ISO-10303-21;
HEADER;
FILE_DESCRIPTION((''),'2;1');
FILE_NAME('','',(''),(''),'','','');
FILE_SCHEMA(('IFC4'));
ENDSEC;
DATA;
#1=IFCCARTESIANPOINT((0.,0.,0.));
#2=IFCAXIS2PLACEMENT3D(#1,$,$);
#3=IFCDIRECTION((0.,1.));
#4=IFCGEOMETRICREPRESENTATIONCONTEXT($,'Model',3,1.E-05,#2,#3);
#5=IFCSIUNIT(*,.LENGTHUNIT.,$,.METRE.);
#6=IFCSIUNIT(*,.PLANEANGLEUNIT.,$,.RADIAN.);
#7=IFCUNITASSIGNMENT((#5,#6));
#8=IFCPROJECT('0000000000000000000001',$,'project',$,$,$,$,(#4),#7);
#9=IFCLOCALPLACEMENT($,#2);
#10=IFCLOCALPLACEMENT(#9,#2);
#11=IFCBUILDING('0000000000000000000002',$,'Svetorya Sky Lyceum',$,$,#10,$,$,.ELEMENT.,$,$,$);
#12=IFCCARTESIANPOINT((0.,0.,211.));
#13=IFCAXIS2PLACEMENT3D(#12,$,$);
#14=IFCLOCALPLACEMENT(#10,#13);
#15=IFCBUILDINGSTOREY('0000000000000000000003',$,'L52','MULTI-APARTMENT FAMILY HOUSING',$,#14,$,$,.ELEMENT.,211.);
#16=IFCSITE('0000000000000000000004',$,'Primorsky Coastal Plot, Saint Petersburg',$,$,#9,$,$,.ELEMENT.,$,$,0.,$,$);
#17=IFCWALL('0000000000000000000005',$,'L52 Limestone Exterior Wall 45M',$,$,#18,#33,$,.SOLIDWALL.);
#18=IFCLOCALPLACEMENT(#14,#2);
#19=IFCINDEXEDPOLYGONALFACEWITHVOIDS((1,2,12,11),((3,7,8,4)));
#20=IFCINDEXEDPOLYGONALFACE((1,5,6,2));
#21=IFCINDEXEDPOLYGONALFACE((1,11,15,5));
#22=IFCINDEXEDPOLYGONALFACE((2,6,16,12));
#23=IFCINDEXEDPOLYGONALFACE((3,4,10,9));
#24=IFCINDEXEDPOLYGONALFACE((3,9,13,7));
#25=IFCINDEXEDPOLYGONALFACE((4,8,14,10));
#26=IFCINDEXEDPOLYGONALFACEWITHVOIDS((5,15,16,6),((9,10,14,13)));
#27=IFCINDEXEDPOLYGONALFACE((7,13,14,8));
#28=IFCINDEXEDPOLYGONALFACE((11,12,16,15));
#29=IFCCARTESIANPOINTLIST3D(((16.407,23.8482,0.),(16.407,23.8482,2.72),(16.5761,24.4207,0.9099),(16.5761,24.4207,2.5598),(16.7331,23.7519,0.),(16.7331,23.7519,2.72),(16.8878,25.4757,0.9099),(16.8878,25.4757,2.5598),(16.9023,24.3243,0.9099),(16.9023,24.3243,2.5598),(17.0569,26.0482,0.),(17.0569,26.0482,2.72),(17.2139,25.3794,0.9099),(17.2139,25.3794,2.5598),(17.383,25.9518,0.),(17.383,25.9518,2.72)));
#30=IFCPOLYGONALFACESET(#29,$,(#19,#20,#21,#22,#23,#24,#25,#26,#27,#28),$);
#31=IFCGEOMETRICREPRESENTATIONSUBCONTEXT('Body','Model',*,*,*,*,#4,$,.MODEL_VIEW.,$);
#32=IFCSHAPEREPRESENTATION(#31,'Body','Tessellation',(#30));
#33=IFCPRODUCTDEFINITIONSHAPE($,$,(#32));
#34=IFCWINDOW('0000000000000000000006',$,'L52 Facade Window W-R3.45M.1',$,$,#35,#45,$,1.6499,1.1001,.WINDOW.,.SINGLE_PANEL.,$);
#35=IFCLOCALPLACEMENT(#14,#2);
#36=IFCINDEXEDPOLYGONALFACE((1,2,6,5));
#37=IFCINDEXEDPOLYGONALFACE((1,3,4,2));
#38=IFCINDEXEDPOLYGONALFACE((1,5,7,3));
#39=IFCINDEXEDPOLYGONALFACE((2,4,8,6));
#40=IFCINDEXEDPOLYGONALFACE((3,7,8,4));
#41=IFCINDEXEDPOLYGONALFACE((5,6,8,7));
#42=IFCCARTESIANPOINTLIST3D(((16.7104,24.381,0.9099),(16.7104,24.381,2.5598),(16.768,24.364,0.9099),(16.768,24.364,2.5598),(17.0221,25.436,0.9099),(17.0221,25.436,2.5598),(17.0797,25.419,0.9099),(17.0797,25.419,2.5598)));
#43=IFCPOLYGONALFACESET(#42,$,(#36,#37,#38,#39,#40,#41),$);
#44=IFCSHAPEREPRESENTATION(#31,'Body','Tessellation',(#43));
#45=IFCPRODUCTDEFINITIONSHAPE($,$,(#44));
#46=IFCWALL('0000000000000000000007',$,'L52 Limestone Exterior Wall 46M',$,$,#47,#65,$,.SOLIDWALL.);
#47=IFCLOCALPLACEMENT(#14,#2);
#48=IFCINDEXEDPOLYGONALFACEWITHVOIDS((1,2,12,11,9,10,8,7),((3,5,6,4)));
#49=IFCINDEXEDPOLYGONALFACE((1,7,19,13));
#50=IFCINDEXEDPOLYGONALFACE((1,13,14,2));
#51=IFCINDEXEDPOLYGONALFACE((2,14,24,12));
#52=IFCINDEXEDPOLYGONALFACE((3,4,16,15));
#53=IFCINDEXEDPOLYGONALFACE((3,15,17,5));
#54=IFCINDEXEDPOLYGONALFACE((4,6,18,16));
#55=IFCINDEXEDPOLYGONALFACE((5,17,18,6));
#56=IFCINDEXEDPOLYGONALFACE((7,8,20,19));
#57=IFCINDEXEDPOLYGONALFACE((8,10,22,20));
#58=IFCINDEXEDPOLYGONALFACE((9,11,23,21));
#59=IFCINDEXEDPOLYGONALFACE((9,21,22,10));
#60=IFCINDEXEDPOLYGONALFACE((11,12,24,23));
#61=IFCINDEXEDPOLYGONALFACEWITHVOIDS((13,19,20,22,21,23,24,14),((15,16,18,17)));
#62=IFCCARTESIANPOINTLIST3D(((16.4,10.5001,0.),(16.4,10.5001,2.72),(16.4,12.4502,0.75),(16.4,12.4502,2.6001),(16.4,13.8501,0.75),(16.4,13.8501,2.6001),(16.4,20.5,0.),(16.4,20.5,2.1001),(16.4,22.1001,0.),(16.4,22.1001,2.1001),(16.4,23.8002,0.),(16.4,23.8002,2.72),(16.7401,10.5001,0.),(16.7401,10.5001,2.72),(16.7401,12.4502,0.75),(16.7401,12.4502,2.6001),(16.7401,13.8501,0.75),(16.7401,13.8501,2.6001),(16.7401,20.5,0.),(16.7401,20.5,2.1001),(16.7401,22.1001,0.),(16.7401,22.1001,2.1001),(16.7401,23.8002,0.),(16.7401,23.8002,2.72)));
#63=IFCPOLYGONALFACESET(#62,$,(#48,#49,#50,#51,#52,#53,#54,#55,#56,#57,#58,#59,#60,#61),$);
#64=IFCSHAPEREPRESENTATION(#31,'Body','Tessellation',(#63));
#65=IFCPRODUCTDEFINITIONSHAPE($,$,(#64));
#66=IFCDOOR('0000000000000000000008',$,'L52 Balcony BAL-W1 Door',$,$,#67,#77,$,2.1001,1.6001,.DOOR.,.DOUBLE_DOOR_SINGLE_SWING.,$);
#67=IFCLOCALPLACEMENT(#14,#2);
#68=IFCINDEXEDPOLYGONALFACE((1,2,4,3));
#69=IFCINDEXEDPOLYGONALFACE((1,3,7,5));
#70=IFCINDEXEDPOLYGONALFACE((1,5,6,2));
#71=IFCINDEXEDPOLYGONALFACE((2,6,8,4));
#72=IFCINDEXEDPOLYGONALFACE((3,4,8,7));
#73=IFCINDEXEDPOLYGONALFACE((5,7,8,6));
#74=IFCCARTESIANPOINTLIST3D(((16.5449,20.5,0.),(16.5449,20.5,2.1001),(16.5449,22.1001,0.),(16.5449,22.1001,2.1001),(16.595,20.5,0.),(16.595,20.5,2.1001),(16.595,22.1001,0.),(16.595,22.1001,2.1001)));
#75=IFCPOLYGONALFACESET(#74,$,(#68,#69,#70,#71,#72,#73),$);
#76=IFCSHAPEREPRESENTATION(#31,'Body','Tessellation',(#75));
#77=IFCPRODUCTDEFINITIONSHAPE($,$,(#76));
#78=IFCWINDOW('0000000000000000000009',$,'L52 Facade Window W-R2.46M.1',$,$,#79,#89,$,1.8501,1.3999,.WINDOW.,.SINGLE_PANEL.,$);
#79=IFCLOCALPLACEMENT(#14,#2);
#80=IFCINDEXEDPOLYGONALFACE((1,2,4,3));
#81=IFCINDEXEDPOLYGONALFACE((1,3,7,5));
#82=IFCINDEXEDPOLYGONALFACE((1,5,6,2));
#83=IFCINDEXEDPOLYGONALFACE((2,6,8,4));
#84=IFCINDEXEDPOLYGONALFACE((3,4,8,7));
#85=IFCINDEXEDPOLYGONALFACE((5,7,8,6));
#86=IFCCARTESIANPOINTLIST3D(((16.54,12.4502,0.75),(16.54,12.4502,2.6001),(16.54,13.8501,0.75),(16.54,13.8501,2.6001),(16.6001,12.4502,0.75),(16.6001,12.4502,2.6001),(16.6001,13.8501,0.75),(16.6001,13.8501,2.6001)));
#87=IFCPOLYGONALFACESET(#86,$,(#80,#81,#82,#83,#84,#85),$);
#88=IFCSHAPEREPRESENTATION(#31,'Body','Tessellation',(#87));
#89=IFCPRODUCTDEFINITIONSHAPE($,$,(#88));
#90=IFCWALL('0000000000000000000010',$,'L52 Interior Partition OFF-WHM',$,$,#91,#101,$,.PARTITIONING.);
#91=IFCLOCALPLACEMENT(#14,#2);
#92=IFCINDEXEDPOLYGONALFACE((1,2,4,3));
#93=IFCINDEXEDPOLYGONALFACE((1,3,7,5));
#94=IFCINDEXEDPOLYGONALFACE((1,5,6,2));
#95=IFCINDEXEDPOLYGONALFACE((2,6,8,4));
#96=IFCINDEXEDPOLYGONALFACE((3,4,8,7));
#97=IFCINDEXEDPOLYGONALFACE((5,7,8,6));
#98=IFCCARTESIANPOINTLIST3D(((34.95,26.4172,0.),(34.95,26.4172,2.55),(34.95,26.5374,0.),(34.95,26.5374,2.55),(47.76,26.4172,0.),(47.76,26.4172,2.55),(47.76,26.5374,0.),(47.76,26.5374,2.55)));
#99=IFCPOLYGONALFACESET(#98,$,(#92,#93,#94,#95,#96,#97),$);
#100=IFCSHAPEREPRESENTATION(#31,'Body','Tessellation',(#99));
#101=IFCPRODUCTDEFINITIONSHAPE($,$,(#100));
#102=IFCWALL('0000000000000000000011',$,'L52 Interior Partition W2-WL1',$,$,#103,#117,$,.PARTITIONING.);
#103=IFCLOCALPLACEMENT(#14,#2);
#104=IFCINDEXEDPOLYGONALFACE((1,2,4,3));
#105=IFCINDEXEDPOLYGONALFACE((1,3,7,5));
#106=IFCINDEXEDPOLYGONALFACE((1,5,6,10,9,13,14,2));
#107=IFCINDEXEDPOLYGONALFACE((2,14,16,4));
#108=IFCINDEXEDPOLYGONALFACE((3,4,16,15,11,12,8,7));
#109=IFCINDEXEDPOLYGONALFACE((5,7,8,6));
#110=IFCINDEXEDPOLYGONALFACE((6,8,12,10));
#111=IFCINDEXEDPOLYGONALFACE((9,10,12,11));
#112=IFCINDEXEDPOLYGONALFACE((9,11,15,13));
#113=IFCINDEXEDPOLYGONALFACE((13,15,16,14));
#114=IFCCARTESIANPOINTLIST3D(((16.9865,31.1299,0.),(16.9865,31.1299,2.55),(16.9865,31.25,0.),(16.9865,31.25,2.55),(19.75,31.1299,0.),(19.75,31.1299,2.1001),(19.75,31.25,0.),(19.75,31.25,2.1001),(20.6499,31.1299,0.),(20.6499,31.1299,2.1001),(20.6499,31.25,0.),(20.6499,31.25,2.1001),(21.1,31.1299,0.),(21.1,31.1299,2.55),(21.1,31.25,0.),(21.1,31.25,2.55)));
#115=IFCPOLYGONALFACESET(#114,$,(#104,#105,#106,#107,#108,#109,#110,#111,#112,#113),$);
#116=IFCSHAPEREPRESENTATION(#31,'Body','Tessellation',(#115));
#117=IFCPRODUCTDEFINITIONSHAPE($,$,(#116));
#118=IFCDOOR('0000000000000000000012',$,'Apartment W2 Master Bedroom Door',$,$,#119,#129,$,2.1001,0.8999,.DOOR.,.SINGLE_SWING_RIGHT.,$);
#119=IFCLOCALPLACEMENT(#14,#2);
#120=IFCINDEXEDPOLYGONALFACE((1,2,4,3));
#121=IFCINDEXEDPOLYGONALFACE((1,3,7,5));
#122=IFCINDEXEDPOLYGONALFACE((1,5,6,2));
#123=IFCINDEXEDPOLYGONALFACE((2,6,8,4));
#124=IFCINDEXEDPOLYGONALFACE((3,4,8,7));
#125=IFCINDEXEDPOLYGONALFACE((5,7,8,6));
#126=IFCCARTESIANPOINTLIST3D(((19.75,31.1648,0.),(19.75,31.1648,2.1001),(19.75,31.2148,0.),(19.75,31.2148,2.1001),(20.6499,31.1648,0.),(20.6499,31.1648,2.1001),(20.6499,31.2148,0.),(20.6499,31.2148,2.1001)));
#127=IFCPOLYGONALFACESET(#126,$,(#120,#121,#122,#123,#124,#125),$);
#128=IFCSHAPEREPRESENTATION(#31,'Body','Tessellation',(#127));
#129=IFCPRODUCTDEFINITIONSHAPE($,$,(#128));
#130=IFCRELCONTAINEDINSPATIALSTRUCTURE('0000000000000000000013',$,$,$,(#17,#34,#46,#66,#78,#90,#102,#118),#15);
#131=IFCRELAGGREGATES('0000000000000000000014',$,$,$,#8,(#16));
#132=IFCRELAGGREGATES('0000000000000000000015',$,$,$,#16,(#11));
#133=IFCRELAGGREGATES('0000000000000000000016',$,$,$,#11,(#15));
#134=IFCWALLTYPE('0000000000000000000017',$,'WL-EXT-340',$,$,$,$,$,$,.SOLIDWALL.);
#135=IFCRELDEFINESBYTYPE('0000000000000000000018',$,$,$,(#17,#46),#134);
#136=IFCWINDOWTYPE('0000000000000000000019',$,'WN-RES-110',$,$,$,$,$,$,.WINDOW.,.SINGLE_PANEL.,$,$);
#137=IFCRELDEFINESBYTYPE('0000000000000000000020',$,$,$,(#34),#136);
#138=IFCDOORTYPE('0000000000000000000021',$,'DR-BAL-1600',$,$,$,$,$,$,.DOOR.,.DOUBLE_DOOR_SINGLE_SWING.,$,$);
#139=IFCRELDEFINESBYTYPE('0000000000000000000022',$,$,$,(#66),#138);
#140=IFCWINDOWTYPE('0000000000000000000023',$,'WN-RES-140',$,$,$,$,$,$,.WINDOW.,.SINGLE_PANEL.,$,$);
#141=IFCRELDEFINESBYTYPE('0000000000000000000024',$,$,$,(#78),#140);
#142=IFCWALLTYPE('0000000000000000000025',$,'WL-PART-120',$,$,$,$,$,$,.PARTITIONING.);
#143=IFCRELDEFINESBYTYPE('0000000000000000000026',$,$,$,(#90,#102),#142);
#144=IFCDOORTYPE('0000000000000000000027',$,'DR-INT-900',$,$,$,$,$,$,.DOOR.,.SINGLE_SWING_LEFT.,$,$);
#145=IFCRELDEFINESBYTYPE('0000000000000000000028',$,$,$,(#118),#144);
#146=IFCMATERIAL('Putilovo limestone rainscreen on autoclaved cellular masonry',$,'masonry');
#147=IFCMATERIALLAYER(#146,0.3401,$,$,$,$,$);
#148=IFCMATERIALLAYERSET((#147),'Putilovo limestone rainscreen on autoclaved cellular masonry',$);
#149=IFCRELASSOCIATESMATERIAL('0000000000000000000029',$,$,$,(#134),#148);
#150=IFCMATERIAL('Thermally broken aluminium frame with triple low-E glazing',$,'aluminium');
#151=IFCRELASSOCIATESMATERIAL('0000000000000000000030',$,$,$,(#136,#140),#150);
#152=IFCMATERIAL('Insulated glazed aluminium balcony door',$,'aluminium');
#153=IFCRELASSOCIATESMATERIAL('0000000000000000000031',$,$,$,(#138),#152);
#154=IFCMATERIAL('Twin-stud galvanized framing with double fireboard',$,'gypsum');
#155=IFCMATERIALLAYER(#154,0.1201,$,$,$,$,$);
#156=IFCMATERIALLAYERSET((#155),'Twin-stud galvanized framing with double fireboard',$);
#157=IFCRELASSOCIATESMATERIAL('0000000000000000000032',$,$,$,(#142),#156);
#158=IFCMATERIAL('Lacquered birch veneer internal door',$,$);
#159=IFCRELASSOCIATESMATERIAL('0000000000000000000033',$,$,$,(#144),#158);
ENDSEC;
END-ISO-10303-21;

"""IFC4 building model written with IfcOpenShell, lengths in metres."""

from ifc_helpers import new_model, si_unit, direction, frame, frame_2d, origin, place, context, subcontext, project, spatial, rectangle, extrude, material, layer, layer_set, type_object, element, fill, save


model = new_model("IFC4")

# Units and contexts
model_context = context("Model", 3, precision=1e-05, world=origin(), true_north=direction((0.0, 1.0)))
body_context = subcontext(model_context, "Body", "Model", "MODEL_VIEW")
ifc_project = project(units=[si_unit("LENGTHUNIT", "METRE"), si_unit("PLANEANGLEUNIT", "RADIAN")], contexts=[model_context])

# Site, building, storey
site_placement = place(None, origin())
site = spatial("IfcSite", under=ifc_project, at=site_placement, Name="Primorsky Coastal Plot, Saint Petersburg", CompositionType="ELEMENT", RefElevation=0.0)
building_placement = place(site_placement, origin())
building = spatial("IfcBuilding", under=site, at=building_placement, Name="Svetorya Sky Lyceum", CompositionType="ELEMENT")
storey_placement = place(building_placement, frame((0.0, 0.0, 211.0)))
storey = spatial("IfcBuildingStorey", under=building, at=storey_placement, Name="L52", Description="MULTI-APARTMENT FAMILY HOUSING", CompositionType="ELEMENT", Elevation=211.0)

# Shared definitions
ifc_material_1 = material(Name="Putilovo limestone rainscreen on autoclaved cellular masonry", Category="masonry")
ifc_layer_1 = layer(ifc_material_1, 0.3401)
ifc_layer_set_1 = layer_set([ifc_layer_1], Name="Putilovo limestone rainscreen on autoclaved cellular masonry")
wall_type_1 = type_object("IfcWallType", Name="WL-EXT-340", PredefinedType="SOLIDWALL", material=ifc_layer_set_1)

# Wall, opening, window
wall_1_placement = place(storey_placement, frame((17.22, 26.0, 0.0), z_axis=(0.0, 0.0, 1.0), x_axis=(-0.283313, -0.959028, 0.0)))
wall_1 = element("IfcWall", 1, at=wall_1_placement, inside=storey, type_object=wall_type_1, Name="L52 Limestone Exterior Wall 45M", PredefinedType="SOLIDWALL", context=body_context, shape_type="SweptSolid", body=[
    extrude(rectangle(XDim=2.2939, YDim=0.3401, at=frame_2d((1.147, 0.0))), origin(), (0.0, 0.0, 1.0), 2.72),
])
opening_1_placement = place(wall_1_placement, frame((0.5969, 0.0, 0.9099)))
opening_1 = element("IfcOpeningElement", 2, at=opening_1_placement, cuts=wall_1, PredefinedType="OPENING", context=body_context, shape_type="SweptSolid", body=[
    extrude(rectangle(XDim=1.1001, YDim=1.6499, at=frame_2d((0.55, 0.825))), frame((0.0, 0.1799, 0.0), z_axis=(0.0, -1.0, 0.0), x_axis=(1.0, 0.0, 0.0)), (0.0, 0.0, 1.0), 0.3601),
])
ifc_material_2 = material(Name="Thermally broken aluminium frame with triple low-E glazing", Category="aluminium")
window_type_1 = type_object("IfcWindowType", Name="WN-RES-110", PartitioningType="SINGLE_PANEL", PredefinedType="WINDOW", material=ifc_material_2)
window_1_placement = place(opening_1_placement, origin())
window_1 = element("IfcWindow", 3, at=window_1_placement, inside=storey, type_object=window_type_1, Name="L52 Facade Window W-R3.45M.1", OverallHeight=1.6499, OverallWidth=1.1001, PartitioningType="SINGLE_PANEL", PredefinedType="WINDOW", context=body_context, shape_type="SweptSolid", body=[
    extrude(rectangle(XDim=1.1001, YDim=1.6499, at=frame_2d((0.55, 0.825))), frame((0.0, 0.03, 0.0), z_axis=(0.0, -1.0, 0.0), x_axis=(1.0, 0.0, 0.0)), (0.0, 0.0, 1.0), 0.0601),
])
fill(opening_1, window_1)

# Wall, openings, door, window
wall_2_placement = place(storey_placement, frame((16.5701, 23.8, 0.0), z_axis=(0.0, 0.0, 1.0), x_axis=(0.0, -1.0, 0.0)))
wall_2 = element("IfcWall", 4, at=wall_2_placement, inside=storey, type_object=wall_type_1, Name="L52 Limestone Exterior Wall 46M", PredefinedType="SOLIDWALL", context=body_context, shape_type="SweptSolid", body=[
    extrude(rectangle(XDim=13.3, YDim=0.3401, at=frame_2d((6.6499, 0.0))), origin(), (0.0, 0.0, 1.0), 2.72),
])
opening_2_placement = place(wall_2_placement, frame((1.7, 0.0, 0.0)))
opening_2 = element("IfcOpeningElement", 5, at=opening_2_placement, cuts=wall_2, PredefinedType="OPENING", context=body_context, shape_type="SweptSolid", body=[
    extrude(rectangle(XDim=1.6001, YDim=2.1001, at=frame_2d((0.8, 1.05))), frame((0.0, 0.1799, 0.0), z_axis=(0.0, -1.0, 0.0), x_axis=(1.0, 0.0, 0.0)), (0.0, 0.0, 1.0), 0.3601),
])
opening_3_placement = place(wall_2_placement, frame((9.95, 0.0, 0.75)))
opening_3 = element("IfcOpeningElement", 6, at=opening_3_placement, cuts=wall_2, PredefinedType="OPENING", context=body_context, shape_type="SweptSolid", body=[
    extrude(rectangle(XDim=1.3999, YDim=1.8501, at=frame_2d((0.7, 0.925))), frame((0.0, 0.1799, 0.0), z_axis=(0.0, -1.0, 0.0), x_axis=(1.0, 0.0, 0.0)), (0.0, 0.0, 1.0), 0.3601),
])
ifc_material_3 = material(Name="Insulated glazed aluminium balcony door", Category="aluminium")
door_type_1 = type_object("IfcDoorType", Name="DR-BAL-1600", OperationType="DOUBLE_DOOR_SINGLE_SWING", PredefinedType="DOOR", material=ifc_material_3)
door_1_placement = place(opening_2_placement, origin())
door_1 = element("IfcDoor", 7, at=door_1_placement, inside=storey, type_object=door_type_1, Name="L52 Balcony BAL-W1 Door", OperationType="DOUBLE_DOOR_SINGLE_SWING", OverallHeight=2.1001, OverallWidth=1.6001, PredefinedType="DOOR", context=body_context, shape_type="SweptSolid", body=[
    extrude(rectangle(XDim=1.6001, YDim=2.1001, at=frame_2d((0.8, 1.05))), frame((0.0, 0.0249, 0.0), z_axis=(0.0, -1.0, 0.0), x_axis=(1.0, 0.0, 0.0)), (0.0, 0.0, 1.0), 0.05),
])
fill(opening_2, door_1)
window_type_2 = type_object("IfcWindowType", Name="WN-RES-140", PartitioningType="SINGLE_PANEL", PredefinedType="WINDOW", material=ifc_material_2)
window_2_placement = place(opening_3_placement, origin())
window_2 = element("IfcWindow", 8, at=window_2_placement, inside=storey, type_object=window_type_2, Name="L52 Facade Window W-R2.46M.1", OverallHeight=1.8501, OverallWidth=1.3999, PartitioningType="SINGLE_PANEL", PredefinedType="WINDOW", context=body_context, shape_type="SweptSolid", body=[
    extrude(rectangle(XDim=1.3999, YDim=1.8501, at=frame_2d((0.7, 0.925))), frame((0.0, 0.03, 0.0), z_axis=(0.0, -1.0, 0.0), x_axis=(1.0, 0.0, 0.0)), (0.0, 0.0, 1.0), 0.0601),
])
fill(opening_3, window_2)

# Wall
ifc_material_4 = material(Name="Twin-stud galvanized framing with double fireboard", Category="gypsum")
ifc_layer_2 = layer(ifc_material_4, 0.1201)
ifc_layer_set_2 = layer_set([ifc_layer_2], Name="Twin-stud galvanized framing with double fireboard")
wall_type_2 = type_object("IfcWallType", Name="WL-PART-120", PredefinedType="PARTITIONING", material=ifc_layer_set_2)
wall_3_placement = place(storey_placement, frame((34.95, 26.4773, 0.0), z_axis=(0.0, 0.0, 1.0), x_axis=(1.0, 0.0, 0.0)))
element("IfcWall", 9, at=wall_3_placement, inside=storey, type_object=wall_type_2, Name="L52 Interior Partition OFF-WHM", PredefinedType="PARTITIONING", context=body_context, shape_type="SweptSolid", body=[
    extrude(rectangle(XDim=12.8101, YDim=0.1201, at=frame_2d((6.405, 0.0))), origin(), (0.0, 0.0, 1.0), 2.55),
])

# Wall, opening, door
wall_4_placement = place(storey_placement, frame((16.9866, 31.1899, 0.0), z_axis=(0.0, 0.0, 1.0), x_axis=(1.0, 0.0, 0.0)))
wall_4 = element("IfcWall", 10, at=wall_4_placement, inside=storey, type_object=wall_type_2, Name="L52 Interior Partition W2-WL1", PredefinedType="PARTITIONING", context=body_context, shape_type="SweptSolid", body=[
    extrude(rectangle(XDim=4.1135, YDim=0.1201, at=frame_2d((2.0566, 0.0))), origin(), (0.0, 0.0, 1.0), 2.55),
])
opening_4_placement = place(wall_4_placement, frame((2.7634, 0.0, 0.0)))
opening_4 = element("IfcOpeningElement", 11, at=opening_4_placement, cuts=wall_4, PredefinedType="OPENING", context=body_context, shape_type="SweptSolid", body=[
    extrude(rectangle(XDim=0.8999, YDim=2.1001, at=frame_2d((0.45, 1.05))), frame((0.0, 0.0701, 0.0), z_axis=(0.0, -1.0, 0.0), x_axis=(1.0, 0.0, 0.0)), (0.0, 0.0, 1.0), 0.1401),
])
ifc_material_5 = material(Name="Lacquered birch veneer internal door")
door_type_2 = type_object("IfcDoorType", Name="DR-INT-900", OperationType="SINGLE_SWING_LEFT", PredefinedType="DOOR", material=ifc_material_5)
door_2_placement = place(opening_4_placement, origin())
door_2 = element("IfcDoor", 12, at=door_2_placement, inside=storey, type_object=door_type_2, Name="Apartment W2 Master Bedroom Door", OperationType="SINGLE_SWING_RIGHT", OverallHeight=2.1001, OverallWidth=0.8999, PredefinedType="DOOR", context=body_context, shape_type="SweptSolid", body=[
    extrude(rectangle(XDim=0.8999, YDim=2.1001, at=frame_2d((0.45, 1.05))), frame((0.0, 0.0249, 0.0), z_axis=(0.0, -1.0, 0.0), x_axis=(1.0, 0.0, 0.0)), (0.0, 0.0, 1.0), 0.05),
])
fill(opening_4, door_2)

save(model, "model.ifc")
